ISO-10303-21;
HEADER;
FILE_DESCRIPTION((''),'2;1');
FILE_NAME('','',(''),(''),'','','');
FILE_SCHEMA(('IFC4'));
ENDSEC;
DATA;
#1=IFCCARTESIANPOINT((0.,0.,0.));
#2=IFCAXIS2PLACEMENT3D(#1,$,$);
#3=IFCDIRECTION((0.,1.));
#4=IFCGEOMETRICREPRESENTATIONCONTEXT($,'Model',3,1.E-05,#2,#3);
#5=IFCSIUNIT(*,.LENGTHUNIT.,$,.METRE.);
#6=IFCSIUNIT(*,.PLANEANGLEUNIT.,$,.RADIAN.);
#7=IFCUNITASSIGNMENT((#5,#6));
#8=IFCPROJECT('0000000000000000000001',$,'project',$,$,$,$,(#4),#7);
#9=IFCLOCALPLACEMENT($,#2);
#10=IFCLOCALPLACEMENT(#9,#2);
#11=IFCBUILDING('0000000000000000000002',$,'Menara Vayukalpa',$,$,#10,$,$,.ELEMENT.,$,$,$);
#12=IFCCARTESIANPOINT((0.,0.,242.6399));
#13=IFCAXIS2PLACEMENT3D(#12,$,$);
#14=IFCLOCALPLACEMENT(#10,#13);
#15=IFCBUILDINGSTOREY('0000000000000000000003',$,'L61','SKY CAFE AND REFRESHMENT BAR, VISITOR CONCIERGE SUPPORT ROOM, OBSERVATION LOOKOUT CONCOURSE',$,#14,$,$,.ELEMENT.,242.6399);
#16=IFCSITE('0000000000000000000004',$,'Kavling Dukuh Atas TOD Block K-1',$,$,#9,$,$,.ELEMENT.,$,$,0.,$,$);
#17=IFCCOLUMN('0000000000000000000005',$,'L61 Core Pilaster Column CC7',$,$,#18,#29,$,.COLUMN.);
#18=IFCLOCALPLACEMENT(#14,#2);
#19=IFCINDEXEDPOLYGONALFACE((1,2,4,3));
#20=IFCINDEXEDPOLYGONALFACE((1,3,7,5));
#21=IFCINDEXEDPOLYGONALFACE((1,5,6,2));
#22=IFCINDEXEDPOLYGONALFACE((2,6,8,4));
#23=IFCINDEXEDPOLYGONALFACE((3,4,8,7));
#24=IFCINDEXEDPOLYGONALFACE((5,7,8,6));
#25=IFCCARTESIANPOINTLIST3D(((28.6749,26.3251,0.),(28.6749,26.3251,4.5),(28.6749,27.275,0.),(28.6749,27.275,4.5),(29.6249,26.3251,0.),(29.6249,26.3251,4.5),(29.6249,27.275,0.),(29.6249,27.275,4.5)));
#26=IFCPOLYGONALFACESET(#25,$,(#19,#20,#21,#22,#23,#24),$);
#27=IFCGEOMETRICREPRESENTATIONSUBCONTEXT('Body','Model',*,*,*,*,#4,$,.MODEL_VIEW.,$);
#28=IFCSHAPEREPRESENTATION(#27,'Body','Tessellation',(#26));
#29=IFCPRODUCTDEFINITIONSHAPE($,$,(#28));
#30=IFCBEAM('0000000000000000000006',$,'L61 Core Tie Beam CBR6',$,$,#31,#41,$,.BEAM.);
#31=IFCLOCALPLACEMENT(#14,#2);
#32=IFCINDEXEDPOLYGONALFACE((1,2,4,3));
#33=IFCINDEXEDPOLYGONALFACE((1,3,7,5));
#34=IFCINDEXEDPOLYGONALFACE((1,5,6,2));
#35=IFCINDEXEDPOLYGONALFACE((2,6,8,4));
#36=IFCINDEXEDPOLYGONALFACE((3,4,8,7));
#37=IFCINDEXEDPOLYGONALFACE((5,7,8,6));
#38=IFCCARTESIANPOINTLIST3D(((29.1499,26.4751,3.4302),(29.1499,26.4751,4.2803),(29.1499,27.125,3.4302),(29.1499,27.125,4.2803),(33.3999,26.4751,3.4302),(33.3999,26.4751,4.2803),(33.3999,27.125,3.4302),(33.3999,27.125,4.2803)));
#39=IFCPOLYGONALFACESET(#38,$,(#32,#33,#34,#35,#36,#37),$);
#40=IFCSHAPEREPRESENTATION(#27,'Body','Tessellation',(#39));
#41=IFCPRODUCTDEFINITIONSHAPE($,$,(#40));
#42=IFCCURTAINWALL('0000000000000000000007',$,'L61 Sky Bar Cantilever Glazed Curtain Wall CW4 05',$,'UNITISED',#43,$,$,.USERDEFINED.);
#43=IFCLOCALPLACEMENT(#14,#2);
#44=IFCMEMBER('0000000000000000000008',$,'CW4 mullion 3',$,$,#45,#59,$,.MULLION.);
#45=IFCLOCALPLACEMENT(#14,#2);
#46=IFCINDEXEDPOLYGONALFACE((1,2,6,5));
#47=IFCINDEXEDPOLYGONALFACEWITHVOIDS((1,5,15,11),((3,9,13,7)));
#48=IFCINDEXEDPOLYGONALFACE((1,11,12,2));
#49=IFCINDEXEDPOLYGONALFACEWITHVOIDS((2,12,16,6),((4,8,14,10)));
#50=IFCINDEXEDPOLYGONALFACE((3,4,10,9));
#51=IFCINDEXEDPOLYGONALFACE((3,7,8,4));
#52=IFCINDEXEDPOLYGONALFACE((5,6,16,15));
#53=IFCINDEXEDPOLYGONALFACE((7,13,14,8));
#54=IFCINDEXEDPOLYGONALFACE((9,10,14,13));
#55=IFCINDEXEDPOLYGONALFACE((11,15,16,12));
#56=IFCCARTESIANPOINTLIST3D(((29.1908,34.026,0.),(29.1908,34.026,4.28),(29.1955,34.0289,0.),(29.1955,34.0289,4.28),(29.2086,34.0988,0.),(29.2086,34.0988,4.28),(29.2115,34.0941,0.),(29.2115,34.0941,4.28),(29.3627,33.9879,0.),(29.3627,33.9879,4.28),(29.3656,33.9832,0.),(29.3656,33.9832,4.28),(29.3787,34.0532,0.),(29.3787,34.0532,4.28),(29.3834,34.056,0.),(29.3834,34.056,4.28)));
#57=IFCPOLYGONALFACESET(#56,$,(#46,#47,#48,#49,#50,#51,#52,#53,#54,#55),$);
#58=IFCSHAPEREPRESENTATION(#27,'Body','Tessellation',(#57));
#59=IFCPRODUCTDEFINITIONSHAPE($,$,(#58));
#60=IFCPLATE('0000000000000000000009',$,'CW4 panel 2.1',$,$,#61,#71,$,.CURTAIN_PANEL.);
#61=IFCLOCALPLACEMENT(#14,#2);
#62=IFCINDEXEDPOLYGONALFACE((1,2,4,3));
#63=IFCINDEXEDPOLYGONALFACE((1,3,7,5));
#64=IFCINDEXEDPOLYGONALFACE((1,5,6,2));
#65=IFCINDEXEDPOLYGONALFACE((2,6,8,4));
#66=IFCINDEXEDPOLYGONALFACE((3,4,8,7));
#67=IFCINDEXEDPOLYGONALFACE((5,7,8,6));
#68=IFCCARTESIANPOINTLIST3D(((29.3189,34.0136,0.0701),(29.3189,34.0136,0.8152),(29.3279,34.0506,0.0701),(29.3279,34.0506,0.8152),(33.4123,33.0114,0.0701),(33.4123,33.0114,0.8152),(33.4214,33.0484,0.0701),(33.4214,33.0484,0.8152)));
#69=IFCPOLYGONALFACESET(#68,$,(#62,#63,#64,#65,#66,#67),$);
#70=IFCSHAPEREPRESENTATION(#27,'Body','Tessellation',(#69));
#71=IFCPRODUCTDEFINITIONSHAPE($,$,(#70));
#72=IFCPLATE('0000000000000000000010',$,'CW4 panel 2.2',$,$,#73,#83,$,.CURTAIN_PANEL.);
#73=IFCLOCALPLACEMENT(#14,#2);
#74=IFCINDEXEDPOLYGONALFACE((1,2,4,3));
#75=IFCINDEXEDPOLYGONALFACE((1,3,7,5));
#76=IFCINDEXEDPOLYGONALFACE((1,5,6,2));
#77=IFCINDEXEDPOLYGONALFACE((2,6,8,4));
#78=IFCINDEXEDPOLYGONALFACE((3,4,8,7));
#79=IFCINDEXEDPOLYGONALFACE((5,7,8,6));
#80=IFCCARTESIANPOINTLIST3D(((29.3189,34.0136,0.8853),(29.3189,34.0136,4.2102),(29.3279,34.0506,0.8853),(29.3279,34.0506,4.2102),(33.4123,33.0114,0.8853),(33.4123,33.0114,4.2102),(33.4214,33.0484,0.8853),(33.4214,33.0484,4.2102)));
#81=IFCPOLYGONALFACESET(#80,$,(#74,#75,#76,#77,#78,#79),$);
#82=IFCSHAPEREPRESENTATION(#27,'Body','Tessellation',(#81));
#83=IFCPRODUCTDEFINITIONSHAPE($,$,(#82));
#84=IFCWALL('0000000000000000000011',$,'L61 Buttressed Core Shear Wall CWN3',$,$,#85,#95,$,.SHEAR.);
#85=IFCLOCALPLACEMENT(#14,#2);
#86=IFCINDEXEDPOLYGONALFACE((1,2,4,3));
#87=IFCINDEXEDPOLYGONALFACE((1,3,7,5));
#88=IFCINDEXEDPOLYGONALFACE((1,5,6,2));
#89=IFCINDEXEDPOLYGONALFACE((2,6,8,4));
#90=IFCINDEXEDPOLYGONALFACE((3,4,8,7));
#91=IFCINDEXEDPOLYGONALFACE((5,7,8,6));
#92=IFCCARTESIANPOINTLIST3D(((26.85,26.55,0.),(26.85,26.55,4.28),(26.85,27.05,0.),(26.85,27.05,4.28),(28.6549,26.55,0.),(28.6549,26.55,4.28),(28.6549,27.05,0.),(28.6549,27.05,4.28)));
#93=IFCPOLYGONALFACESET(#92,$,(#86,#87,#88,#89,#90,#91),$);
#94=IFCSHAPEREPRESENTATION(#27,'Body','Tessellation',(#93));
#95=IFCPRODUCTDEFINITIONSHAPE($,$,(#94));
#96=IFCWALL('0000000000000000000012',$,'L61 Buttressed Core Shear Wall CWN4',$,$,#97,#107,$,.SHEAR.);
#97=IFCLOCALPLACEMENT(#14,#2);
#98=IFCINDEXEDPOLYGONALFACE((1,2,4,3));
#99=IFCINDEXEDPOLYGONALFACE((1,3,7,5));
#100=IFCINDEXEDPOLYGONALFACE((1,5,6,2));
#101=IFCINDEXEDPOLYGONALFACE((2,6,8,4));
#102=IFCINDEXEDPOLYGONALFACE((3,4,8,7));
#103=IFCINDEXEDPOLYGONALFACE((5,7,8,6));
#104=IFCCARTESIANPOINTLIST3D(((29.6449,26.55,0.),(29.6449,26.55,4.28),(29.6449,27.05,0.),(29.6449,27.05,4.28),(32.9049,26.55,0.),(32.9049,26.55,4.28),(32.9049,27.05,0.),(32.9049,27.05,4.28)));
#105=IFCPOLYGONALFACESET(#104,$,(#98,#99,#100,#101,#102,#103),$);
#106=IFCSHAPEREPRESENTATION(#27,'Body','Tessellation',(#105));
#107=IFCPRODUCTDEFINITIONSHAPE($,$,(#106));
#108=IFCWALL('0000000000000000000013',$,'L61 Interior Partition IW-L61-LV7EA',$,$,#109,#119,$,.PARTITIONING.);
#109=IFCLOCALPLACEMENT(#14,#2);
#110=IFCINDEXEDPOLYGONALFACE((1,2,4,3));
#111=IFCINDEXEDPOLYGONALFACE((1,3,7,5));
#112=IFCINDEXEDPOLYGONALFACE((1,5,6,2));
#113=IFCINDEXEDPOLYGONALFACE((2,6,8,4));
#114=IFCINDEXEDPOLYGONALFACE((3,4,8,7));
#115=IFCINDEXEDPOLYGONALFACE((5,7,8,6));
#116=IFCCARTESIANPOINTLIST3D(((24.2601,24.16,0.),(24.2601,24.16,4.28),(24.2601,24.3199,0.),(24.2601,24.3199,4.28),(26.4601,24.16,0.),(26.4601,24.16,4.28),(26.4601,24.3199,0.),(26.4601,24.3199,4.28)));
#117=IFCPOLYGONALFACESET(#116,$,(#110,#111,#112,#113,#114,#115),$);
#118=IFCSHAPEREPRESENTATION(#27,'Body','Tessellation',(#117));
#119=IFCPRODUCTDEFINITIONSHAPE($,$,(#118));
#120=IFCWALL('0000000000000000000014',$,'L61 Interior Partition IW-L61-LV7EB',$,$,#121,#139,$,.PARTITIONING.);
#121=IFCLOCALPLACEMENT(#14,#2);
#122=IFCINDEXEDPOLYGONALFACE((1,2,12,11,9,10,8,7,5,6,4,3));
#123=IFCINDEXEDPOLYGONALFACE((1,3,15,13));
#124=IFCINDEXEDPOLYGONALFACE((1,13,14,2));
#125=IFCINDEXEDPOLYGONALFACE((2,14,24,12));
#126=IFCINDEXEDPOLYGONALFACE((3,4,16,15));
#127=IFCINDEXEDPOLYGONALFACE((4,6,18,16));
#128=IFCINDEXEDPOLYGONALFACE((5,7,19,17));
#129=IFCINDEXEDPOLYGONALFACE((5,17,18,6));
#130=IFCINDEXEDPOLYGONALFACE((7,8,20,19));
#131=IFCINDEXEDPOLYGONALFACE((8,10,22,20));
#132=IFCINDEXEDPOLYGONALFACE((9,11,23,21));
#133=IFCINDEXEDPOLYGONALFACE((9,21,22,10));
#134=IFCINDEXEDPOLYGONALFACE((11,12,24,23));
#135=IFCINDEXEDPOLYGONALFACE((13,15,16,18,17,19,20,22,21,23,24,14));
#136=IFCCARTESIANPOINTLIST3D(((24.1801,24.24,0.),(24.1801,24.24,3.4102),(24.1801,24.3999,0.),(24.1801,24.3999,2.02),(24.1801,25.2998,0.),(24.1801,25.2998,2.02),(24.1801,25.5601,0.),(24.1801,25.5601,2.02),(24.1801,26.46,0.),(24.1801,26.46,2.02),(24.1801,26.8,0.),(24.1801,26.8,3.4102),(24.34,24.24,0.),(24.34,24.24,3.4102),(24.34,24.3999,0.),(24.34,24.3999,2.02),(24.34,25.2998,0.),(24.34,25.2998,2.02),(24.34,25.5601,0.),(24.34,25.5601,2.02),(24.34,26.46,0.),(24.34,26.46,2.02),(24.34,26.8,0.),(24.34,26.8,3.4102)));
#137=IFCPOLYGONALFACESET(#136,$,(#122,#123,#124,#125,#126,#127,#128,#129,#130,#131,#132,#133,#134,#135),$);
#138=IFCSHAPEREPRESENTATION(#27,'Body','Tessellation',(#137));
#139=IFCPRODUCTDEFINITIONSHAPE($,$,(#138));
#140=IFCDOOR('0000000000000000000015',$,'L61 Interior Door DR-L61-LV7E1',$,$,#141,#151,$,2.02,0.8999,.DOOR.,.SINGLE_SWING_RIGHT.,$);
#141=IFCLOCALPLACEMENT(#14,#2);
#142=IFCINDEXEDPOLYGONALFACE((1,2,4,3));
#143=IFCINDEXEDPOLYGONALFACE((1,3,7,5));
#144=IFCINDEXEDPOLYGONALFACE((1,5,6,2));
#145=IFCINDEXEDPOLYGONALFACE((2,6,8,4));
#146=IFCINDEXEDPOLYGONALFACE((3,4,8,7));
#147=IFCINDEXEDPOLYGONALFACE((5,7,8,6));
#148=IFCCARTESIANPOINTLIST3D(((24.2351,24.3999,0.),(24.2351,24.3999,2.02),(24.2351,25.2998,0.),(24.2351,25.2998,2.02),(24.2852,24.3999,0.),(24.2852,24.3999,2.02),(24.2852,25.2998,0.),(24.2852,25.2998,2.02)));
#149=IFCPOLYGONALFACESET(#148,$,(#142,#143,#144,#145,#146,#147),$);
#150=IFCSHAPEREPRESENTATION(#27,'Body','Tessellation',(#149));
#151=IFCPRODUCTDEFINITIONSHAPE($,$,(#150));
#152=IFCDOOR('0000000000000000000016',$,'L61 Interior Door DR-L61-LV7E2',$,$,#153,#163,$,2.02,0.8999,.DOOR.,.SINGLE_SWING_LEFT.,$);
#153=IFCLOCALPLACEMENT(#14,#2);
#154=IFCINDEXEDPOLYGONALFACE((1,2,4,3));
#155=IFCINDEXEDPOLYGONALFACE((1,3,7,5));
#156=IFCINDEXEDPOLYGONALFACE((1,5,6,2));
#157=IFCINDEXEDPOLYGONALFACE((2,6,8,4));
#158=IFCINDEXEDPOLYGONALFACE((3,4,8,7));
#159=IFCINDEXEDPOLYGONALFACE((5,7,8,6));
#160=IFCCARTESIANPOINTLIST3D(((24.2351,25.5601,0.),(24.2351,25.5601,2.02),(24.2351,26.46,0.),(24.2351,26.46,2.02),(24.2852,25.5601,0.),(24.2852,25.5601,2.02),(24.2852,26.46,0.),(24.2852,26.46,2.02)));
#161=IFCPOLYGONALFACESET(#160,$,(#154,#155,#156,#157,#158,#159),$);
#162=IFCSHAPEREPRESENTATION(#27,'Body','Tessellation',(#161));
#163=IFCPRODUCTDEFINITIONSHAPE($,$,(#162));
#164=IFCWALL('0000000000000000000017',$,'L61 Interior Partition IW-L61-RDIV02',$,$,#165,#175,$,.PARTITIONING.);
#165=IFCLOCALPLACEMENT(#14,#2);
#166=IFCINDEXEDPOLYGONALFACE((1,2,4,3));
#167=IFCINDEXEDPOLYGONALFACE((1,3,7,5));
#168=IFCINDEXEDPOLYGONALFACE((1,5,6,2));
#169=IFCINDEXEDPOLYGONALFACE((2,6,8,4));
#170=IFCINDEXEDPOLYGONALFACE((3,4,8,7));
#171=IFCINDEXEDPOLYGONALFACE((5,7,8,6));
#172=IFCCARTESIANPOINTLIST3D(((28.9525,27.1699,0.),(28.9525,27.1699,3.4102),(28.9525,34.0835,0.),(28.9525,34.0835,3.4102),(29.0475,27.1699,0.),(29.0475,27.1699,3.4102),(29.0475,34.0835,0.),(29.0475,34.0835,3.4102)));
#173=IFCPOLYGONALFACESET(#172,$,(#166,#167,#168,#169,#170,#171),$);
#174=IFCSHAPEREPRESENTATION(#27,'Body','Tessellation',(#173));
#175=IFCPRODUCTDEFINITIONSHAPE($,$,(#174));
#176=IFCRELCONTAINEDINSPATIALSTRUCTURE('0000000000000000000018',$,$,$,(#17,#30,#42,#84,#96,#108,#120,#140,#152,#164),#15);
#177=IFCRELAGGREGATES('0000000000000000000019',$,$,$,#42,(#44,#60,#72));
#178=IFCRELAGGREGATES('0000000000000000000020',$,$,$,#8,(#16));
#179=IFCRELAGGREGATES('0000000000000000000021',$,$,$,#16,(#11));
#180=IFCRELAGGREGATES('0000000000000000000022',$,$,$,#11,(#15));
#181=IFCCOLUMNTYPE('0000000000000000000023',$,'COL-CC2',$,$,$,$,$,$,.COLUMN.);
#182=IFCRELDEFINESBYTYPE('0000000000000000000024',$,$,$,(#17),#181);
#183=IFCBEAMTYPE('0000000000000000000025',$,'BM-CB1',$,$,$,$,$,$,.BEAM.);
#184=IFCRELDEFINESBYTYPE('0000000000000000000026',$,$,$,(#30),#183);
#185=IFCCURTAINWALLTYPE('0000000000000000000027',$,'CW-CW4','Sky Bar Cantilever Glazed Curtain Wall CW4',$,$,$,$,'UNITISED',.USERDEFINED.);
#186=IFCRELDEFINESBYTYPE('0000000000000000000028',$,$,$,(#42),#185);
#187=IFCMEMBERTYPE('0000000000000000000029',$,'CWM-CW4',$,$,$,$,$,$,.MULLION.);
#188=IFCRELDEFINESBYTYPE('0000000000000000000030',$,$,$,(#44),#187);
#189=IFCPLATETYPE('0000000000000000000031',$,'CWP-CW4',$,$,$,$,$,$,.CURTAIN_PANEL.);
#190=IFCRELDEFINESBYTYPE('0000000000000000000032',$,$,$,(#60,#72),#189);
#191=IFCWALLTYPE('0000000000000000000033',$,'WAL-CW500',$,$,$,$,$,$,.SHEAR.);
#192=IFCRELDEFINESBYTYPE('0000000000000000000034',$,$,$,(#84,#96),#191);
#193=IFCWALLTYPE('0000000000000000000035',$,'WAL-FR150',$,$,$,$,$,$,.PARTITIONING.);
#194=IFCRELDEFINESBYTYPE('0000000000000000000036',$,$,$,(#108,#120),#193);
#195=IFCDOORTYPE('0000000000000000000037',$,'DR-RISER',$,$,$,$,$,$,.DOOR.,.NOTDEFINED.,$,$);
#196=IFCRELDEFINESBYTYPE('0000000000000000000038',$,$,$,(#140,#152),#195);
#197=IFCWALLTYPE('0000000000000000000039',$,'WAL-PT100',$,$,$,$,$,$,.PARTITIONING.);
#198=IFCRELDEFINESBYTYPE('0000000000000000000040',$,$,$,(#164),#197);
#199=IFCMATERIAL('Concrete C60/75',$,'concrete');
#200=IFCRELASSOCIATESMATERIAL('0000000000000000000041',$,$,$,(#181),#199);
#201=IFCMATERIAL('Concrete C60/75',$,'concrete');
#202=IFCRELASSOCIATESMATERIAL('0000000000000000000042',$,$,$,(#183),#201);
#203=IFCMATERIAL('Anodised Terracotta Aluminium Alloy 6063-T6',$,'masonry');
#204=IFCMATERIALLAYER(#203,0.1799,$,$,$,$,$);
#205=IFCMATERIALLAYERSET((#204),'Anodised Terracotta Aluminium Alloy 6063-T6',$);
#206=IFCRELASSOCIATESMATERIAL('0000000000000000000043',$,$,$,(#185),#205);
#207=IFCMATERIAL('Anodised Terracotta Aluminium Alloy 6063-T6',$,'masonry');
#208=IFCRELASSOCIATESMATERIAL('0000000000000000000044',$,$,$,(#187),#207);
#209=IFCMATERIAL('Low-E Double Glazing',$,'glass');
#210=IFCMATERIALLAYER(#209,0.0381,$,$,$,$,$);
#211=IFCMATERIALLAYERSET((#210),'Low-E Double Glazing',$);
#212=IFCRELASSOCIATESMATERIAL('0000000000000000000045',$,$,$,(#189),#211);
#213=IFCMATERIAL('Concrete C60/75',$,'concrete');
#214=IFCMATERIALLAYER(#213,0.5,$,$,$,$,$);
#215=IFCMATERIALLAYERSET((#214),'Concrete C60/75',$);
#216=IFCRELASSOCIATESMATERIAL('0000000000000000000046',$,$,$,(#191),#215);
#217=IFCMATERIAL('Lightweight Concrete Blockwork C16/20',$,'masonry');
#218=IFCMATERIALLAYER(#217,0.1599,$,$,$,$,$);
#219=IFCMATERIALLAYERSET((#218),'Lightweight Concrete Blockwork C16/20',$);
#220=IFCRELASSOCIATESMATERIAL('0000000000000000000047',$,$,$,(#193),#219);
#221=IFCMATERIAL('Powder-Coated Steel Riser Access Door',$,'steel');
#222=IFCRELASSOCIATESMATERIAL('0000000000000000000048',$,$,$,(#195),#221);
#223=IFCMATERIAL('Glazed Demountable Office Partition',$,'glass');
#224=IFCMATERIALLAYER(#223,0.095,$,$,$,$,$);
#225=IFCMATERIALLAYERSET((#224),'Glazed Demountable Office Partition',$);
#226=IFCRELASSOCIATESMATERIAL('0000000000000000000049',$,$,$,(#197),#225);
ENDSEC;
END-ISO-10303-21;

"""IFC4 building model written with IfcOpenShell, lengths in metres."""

from ifc_helpers import new_model, si_unit, direction, frame, frame_2d, origin, origin_2d, place, context, subcontext, project, spatial, rectangle, hollow_rectangle, extrude, material, layer, layer_set, material_profile, profile_set, type_object, element, fill, aggregate, save


model = new_model("IFC4")

# Units and contexts
model_context = context("Model", 3, precision=1e-05, world=origin(), true_north=direction((0.0, 1.0)))
body_context = subcontext(model_context, "Body", "Model", "MODEL_VIEW")
ifc_project = project(units=[si_unit("LENGTHUNIT", "METRE"), si_unit("PLANEANGLEUNIT", "RADIAN")], contexts=[model_context])

# Site, building, storey
site_placement = place(None, origin())
site = spatial("IfcSite", under=ifc_project, at=site_placement, Name="Kavling Dukuh Atas TOD Block K-1", CompositionType="ELEMENT", RefElevation=0.0)
building_placement = place(site_placement, origin())
building = spatial("IfcBuilding", under=site, at=building_placement, Name="Menara Vayukalpa", CompositionType="ELEMENT")
storey_placement = place(building_placement, frame((0.0, 0.0, 242.6399)))
storey = spatial("IfcBuildingStorey", under=building, at=storey_placement, Name="L61", Description="SKY CAFE AND REFRESHMENT BAR, VISITOR CONCIERGE SUPPORT ROOM, OBSERVATION LOOKOUT CONCOURSE", CompositionType="ELEMENT", Elevation=242.6399)

# Column
ifc_material_1 = material(Name="Concrete C60/75", Category="concrete")
ifc_material_profile_1 = material_profile(ifc_material_1, rectangle(XDim=0.95, YDim=0.95, at=origin_2d()), Name="RC 950x950")
ifc_profile_set_1 = profile_set([ifc_material_profile_1], Name="Concrete C60/75")
column_type = type_object("IfcColumnType", Name="COL-CC2", PredefinedType="COLUMN", material=ifc_profile_set_1)
column_placement = place(storey_placement, frame((29.1499, 26.8, 0.0), z_axis=(0.0, 0.0, 1.0), x_axis=(1.0, 0.0, 0.0)))
element("IfcColumn", 1, at=column_placement, inside=storey, type_object=column_type, Name="L61 Core Pilaster Column CC7", PredefinedType="COLUMN", context=body_context, shape_type="SweptSolid", body=[
    extrude(rectangle(XDim=0.95, YDim=0.95, at=origin_2d()), origin(), (0.0, 0.0, 1.0), 4.5),
])

# Beam
ifc_material_2 = material(Name="Concrete C60/75", Category="concrete")
ifc_material_profile_2 = material_profile(ifc_material_2, rectangle(XDim=0.6499, YDim=0.8501, at=origin_2d()), Name="RC 650x850")
ifc_profile_set_2 = profile_set([ifc_material_profile_2], Name="Concrete C60/75")
beam_type = type_object("IfcBeamType", Name="BM-CB1", PredefinedType="BEAM", material=ifc_profile_set_2)
beam_placement = place(storey_placement, frame((29.1499, 26.8, 3.8552), z_axis=(1.0, 0.0, 0.0), x_axis=(0.0, 1.0, 0.0)))
element("IfcBeam", 2, at=beam_placement, inside=storey, type_object=beam_type, Name="L61 Core Tie Beam CBR6", PredefinedType="BEAM", context=body_context, shape_type="SweptSolid", body=[
    extrude(rectangle(XDim=0.6499, YDim=0.8501, at=origin_2d()), origin(), (0.0, 0.0, 1.0), 4.25),
])

# Curtain wall, member, plates
ifc_material_3 = material(Name="Anodised Terracotta Aluminium Alloy 6063-T6", Category="masonry")
ifc_layer_1 = layer(ifc_material_3, 0.1799)
ifc_layer_set_1 = layer_set([ifc_layer_1], Name="Anodised Terracotta Aluminium Alloy 6063-T6")
curtain_wall_type = type_object("IfcCurtainWallType", Name="CW-CW4", Description="Sky Bar Cantilever Glazed Curtain Wall CW4", ElementType="UNITISED", PredefinedType="USERDEFINED", material=ifc_layer_set_1)
curtain_wall_placement = place(storey_placement, origin())
curtain_wall = element("IfcCurtainWall", 3, at=curtain_wall_placement, inside=storey, type_object=curtain_wall_type, Name="L61 Sky Bar Cantilever Glazed Curtain Wall CW4 05", ObjectType="UNITISED", PredefinedType="USERDEFINED")
ifc_material_4 = material(Name="Anodised Terracotta Aluminium Alloy 6063-T6", Category="masonry")
ifc_material_profile_3 = material_profile(ifc_material_4, hollow_rectangle(XDim=0.075, YDim=0.1799, WallThickness=0.0039, at=origin_2d()), Name="ALU 75x180x4")
ifc_profile_set_3 = profile_set([ifc_material_profile_3], Name="Anodised Terracotta Aluminium Alloy 6063-T6")
member_type = type_object("IfcMemberType", Name="CWM-CW4", PredefinedType="MULLION", material=ifc_profile_set_3)
member_placement = place(storey_placement, frame((29.2871, 34.041, 0.0), z_axis=(0.0, 0.0, 1.0), x_axis=(-0.23781, -0.971312, 0.0)))
member = element("IfcMember", 4, at=member_placement, type_object=member_type, Name="CW4 mullion 3", PredefinedType="MULLION", context=body_context, shape_type="SweptSolid", body=[
    extrude(hollow_rectangle(XDim=0.075, YDim=0.1799, WallThickness=0.0039, at=origin_2d()), origin(), (0.0, 0.0, 1.0), 4.28),
])
ifc_material_5 = material(Name="Low-E Double Glazing", Category="glass")
ifc_layer_2 = layer(ifc_material_5, 0.0381)
ifc_layer_set_2 = layer_set([ifc_layer_2], Name="Low-E Double Glazing")
plate_type = type_object("IfcPlateType", Name="CWP-CW4", PredefinedType="CURTAIN_PANEL", material=ifc_layer_set_2)
plate_1_placement = place(storey_placement, frame((31.3701, 33.531, 0.0701), z_axis=(0.0, 0.0, 1.0), x_axis=(-0.971312, 0.23781, 0.0)))
plate_1 = element("IfcPlate", 5, at=plate_1_placement, type_object=plate_type, Name="CW4 panel 2.1", PredefinedType="CURTAIN_PANEL", context=body_context, shape_type="SweptSolid", body=[
    extrude(rectangle(XDim=4.2144, YDim=0.0381, at=origin_2d()), origin(), (0.0, 0.0, 1.0), 0.7451),
])
plate_2_placement = place(storey_placement, frame((31.3701, 33.531, 0.8853), z_axis=(0.0, 0.0, 1.0), x_axis=(-0.971312, 0.23781, 0.0)))
plate_2 = element("IfcPlate", 6, at=plate_2_placement, type_object=plate_type, Name="CW4 panel 2.2", PredefinedType="CURTAIN_PANEL", context=body_context, shape_type="SweptSolid", body=[
    extrude(rectangle(XDim=4.2144, YDim=0.0381, at=origin_2d()), origin(), (0.0, 0.0, 1.0), 3.325),
])
aggregate(curtain_wall, [member, plate_1, plate_2])

# Walls
ifc_material_6 = material(Name="Concrete C60/75", Category="concrete")
ifc_layer_3 = layer(ifc_material_6, 0.5)
ifc_layer_set_3 = layer_set([ifc_layer_3], Name="Concrete C60/75")
wall_type_1 = type_object("IfcWallType", Name="WAL-CW500", PredefinedType="SHEAR", material=ifc_layer_set_3)
wall_1_placement = place(storey_placement, frame((26.8501, 26.8, 0.0), z_axis=(0.0, 0.0, 1.0), x_axis=(1.0, 0.0, 0.0)))
element("IfcWall", 7, at=wall_1_placement, inside=storey, type_object=wall_type_1, Name="L61 Buttressed Core Shear Wall CWN3", PredefinedType="SHEAR", context=body_context, shape_type="SweptSolid", body=[
    extrude(rectangle(XDim=1.8049, YDim=0.5, at=frame_2d((0.9023, 0.0))), origin(), (0.0, 0.0, 1.0), 4.28),
])
wall_2_placement = place(storey_placement, frame((29.645, 26.8, 0.0), z_axis=(0.0, 0.0, 1.0), x_axis=(1.0, 0.0, 0.0)))
element("IfcWall", 8, at=wall_2_placement, inside=storey, type_object=wall_type_1, Name="L61 Buttressed Core Shear Wall CWN4", PredefinedType="SHEAR", context=body_context, shape_type="SweptSolid", body=[
    extrude(rectangle(XDim=3.26, YDim=0.5, at=frame_2d((1.6299, 0.0))), origin(), (0.0, 0.0, 1.0), 4.28),
])
ifc_material_7 = material(Name="Lightweight Concrete Blockwork C16/20", Category="masonry")
ifc_layer_4 = layer(ifc_material_7, 0.1599)
ifc_layer_set_4 = layer_set([ifc_layer_4], Name="Lightweight Concrete Blockwork C16/20")
wall_type_2 = type_object("IfcWallType", Name="WAL-FR150", PredefinedType="PARTITIONING", material=ifc_layer_set_4)
wall_3_placement = place(storey_placement, frame((24.26, 24.24, 0.0), z_axis=(0.0, 0.0, 1.0), x_axis=(1.0, 0.0, 0.0)))
element("IfcWall", 9, at=wall_3_placement, inside=storey, type_object=wall_type_2, Name="L61 Interior Partition IW-L61-LV7EA", PredefinedType="PARTITIONING", context=body_context, shape_type="SweptSolid", body=[
    extrude(rectangle(XDim=2.2, YDim=0.1599, at=frame_2d((1.1001, 0.0))), origin(), (0.0, 0.0, 1.0), 4.28),
])

# Wall, openings, doors
wall_4_placement = place(storey_placement, frame((24.26, 24.24, 0.0), z_axis=(0.0, 0.0, 1.0), x_axis=(0.0, 1.0, 0.0)))
wall_4 = element("IfcWall", 10, at=wall_4_placement, inside=storey, type_object=wall_type_2, Name="L61 Interior Partition IW-L61-LV7EB", PredefinedType="PARTITIONING", context=body_context, shape_type="SweptSolid", body=[
    extrude(rectangle(XDim=2.5601, YDim=0.1599, at=frame_2d((1.28, 0.0))), origin(), (0.0, 0.0, 1.0), 3.4102),
])
opening_1_placement = place(wall_4_placement, frame((0.1599, 0.0, 0.0)))
opening_1 = element("IfcOpeningElement", 11, at=opening_1_placement, cuts=wall_4, PredefinedType="OPENING", context=body_context, shape_type="SweptSolid", body=[
    extrude(rectangle(XDim=0.8999, YDim=2.02, at=frame_2d((0.45, 1.01))), frame((0.0, 0.0898, 0.0), z_axis=(0.0, -1.0, 0.0), x_axis=(1.0, 0.0, 0.0)), (0.0, 0.0, 1.0), 0.1799),
])
opening_2_placement = place(wall_4_placement, frame((1.3201, 0.0, 0.0)))
opening_2 = element("IfcOpeningElement", 12, at=opening_2_placement, cuts=wall_4, PredefinedType="OPENING", context=body_context, shape_type="SweptSolid", body=[
    extrude(rectangle(XDim=0.8999, YDim=2.02, at=frame_2d((0.45, 1.01))), frame((0.0, 0.0898, 0.0), z_axis=(0.0, -1.0, 0.0), x_axis=(1.0, 0.0, 0.0)), (0.0, 0.0, 1.0), 0.1799),
])
ifc_material_8 = material(Name="Powder-Coated Steel Riser Access Door", Category="steel")
door_type_1 = type_object("IfcDoorType", Name="DR-RISER", OperationType="NOTDEFINED", PredefinedType="DOOR", material=ifc_material_8)
door_1_placement = place(opening_1_placement, origin())
door_1 = element("IfcDoor", 13, at=door_1_placement, inside=storey, type_object=door_type_1, Name="L61 Interior Door DR-L61-LV7E1", OperationType="SINGLE_SWING_RIGHT", OverallHeight=2.02, OverallWidth=0.8999, PredefinedType="DOOR", context=body_context, shape_type="SweptSolid", body=[
    extrude(rectangle(XDim=0.8999, YDim=2.02, at=frame_2d((0.45, 1.01))), frame((0.0, 0.0249, 0.0), z_axis=(0.0, -1.0, 0.0), x_axis=(1.0, 0.0, 0.0)), (0.0, 0.0, 1.0), 0.05),
])
fill(opening_1, door_1)
door_2_placement = place(opening_2_placement, origin())
door_2 = element("IfcDoor", 14, at=door_2_placement, inside=storey, type_object=door_type_1, Name="L61 Interior Door DR-L61-LV7E2", OperationType="SINGLE_SWING_LEFT", OverallHeight=2.02, OverallWidth=0.8999, PredefinedType="DOOR", context=body_context, shape_type="SweptSolid", body=[
    extrude(rectangle(XDim=0.8999, YDim=2.02, at=frame_2d((0.45, 1.01))), frame((0.0, 0.0249, 0.0), z_axis=(0.0, -1.0, 0.0), x_axis=(1.0, 0.0, 0.0)), (0.0, 0.0, 1.0), 0.05),
])
fill(opening_2, door_2)

# Wall
ifc_material_9 = material(Name="Glazed Demountable Office Partition", Category="glass")
ifc_layer_5 = layer(ifc_material_9, 0.095)
ifc_layer_set_5 = layer_set([ifc_layer_5], Name="Glazed Demountable Office Partition")
wall_type_3 = type_object("IfcWallType", Name="WAL-PT100", PredefinedType="PARTITIONING", material=ifc_layer_set_5)
wall_5_placement = place(storey_placement, frame((29.0, 27.1699, 0.0), z_axis=(0.0, 0.0, 1.0), x_axis=(0.0, 1.0, 0.0)))
element("IfcWall", 15, at=wall_5_placement, inside=storey, type_object=wall_type_3, Name="L61 Interior Partition IW-L61-RDIV02", PredefinedType="PARTITIONING", context=body_context, shape_type="SweptSolid", body=[
    extrude(rectangle(XDim=6.9136, YDim=0.095, at=frame_2d((3.4568, 0.0))), origin(), (0.0, 0.0, 1.0), 3.4102),
])

save(model, "model.ifc")
